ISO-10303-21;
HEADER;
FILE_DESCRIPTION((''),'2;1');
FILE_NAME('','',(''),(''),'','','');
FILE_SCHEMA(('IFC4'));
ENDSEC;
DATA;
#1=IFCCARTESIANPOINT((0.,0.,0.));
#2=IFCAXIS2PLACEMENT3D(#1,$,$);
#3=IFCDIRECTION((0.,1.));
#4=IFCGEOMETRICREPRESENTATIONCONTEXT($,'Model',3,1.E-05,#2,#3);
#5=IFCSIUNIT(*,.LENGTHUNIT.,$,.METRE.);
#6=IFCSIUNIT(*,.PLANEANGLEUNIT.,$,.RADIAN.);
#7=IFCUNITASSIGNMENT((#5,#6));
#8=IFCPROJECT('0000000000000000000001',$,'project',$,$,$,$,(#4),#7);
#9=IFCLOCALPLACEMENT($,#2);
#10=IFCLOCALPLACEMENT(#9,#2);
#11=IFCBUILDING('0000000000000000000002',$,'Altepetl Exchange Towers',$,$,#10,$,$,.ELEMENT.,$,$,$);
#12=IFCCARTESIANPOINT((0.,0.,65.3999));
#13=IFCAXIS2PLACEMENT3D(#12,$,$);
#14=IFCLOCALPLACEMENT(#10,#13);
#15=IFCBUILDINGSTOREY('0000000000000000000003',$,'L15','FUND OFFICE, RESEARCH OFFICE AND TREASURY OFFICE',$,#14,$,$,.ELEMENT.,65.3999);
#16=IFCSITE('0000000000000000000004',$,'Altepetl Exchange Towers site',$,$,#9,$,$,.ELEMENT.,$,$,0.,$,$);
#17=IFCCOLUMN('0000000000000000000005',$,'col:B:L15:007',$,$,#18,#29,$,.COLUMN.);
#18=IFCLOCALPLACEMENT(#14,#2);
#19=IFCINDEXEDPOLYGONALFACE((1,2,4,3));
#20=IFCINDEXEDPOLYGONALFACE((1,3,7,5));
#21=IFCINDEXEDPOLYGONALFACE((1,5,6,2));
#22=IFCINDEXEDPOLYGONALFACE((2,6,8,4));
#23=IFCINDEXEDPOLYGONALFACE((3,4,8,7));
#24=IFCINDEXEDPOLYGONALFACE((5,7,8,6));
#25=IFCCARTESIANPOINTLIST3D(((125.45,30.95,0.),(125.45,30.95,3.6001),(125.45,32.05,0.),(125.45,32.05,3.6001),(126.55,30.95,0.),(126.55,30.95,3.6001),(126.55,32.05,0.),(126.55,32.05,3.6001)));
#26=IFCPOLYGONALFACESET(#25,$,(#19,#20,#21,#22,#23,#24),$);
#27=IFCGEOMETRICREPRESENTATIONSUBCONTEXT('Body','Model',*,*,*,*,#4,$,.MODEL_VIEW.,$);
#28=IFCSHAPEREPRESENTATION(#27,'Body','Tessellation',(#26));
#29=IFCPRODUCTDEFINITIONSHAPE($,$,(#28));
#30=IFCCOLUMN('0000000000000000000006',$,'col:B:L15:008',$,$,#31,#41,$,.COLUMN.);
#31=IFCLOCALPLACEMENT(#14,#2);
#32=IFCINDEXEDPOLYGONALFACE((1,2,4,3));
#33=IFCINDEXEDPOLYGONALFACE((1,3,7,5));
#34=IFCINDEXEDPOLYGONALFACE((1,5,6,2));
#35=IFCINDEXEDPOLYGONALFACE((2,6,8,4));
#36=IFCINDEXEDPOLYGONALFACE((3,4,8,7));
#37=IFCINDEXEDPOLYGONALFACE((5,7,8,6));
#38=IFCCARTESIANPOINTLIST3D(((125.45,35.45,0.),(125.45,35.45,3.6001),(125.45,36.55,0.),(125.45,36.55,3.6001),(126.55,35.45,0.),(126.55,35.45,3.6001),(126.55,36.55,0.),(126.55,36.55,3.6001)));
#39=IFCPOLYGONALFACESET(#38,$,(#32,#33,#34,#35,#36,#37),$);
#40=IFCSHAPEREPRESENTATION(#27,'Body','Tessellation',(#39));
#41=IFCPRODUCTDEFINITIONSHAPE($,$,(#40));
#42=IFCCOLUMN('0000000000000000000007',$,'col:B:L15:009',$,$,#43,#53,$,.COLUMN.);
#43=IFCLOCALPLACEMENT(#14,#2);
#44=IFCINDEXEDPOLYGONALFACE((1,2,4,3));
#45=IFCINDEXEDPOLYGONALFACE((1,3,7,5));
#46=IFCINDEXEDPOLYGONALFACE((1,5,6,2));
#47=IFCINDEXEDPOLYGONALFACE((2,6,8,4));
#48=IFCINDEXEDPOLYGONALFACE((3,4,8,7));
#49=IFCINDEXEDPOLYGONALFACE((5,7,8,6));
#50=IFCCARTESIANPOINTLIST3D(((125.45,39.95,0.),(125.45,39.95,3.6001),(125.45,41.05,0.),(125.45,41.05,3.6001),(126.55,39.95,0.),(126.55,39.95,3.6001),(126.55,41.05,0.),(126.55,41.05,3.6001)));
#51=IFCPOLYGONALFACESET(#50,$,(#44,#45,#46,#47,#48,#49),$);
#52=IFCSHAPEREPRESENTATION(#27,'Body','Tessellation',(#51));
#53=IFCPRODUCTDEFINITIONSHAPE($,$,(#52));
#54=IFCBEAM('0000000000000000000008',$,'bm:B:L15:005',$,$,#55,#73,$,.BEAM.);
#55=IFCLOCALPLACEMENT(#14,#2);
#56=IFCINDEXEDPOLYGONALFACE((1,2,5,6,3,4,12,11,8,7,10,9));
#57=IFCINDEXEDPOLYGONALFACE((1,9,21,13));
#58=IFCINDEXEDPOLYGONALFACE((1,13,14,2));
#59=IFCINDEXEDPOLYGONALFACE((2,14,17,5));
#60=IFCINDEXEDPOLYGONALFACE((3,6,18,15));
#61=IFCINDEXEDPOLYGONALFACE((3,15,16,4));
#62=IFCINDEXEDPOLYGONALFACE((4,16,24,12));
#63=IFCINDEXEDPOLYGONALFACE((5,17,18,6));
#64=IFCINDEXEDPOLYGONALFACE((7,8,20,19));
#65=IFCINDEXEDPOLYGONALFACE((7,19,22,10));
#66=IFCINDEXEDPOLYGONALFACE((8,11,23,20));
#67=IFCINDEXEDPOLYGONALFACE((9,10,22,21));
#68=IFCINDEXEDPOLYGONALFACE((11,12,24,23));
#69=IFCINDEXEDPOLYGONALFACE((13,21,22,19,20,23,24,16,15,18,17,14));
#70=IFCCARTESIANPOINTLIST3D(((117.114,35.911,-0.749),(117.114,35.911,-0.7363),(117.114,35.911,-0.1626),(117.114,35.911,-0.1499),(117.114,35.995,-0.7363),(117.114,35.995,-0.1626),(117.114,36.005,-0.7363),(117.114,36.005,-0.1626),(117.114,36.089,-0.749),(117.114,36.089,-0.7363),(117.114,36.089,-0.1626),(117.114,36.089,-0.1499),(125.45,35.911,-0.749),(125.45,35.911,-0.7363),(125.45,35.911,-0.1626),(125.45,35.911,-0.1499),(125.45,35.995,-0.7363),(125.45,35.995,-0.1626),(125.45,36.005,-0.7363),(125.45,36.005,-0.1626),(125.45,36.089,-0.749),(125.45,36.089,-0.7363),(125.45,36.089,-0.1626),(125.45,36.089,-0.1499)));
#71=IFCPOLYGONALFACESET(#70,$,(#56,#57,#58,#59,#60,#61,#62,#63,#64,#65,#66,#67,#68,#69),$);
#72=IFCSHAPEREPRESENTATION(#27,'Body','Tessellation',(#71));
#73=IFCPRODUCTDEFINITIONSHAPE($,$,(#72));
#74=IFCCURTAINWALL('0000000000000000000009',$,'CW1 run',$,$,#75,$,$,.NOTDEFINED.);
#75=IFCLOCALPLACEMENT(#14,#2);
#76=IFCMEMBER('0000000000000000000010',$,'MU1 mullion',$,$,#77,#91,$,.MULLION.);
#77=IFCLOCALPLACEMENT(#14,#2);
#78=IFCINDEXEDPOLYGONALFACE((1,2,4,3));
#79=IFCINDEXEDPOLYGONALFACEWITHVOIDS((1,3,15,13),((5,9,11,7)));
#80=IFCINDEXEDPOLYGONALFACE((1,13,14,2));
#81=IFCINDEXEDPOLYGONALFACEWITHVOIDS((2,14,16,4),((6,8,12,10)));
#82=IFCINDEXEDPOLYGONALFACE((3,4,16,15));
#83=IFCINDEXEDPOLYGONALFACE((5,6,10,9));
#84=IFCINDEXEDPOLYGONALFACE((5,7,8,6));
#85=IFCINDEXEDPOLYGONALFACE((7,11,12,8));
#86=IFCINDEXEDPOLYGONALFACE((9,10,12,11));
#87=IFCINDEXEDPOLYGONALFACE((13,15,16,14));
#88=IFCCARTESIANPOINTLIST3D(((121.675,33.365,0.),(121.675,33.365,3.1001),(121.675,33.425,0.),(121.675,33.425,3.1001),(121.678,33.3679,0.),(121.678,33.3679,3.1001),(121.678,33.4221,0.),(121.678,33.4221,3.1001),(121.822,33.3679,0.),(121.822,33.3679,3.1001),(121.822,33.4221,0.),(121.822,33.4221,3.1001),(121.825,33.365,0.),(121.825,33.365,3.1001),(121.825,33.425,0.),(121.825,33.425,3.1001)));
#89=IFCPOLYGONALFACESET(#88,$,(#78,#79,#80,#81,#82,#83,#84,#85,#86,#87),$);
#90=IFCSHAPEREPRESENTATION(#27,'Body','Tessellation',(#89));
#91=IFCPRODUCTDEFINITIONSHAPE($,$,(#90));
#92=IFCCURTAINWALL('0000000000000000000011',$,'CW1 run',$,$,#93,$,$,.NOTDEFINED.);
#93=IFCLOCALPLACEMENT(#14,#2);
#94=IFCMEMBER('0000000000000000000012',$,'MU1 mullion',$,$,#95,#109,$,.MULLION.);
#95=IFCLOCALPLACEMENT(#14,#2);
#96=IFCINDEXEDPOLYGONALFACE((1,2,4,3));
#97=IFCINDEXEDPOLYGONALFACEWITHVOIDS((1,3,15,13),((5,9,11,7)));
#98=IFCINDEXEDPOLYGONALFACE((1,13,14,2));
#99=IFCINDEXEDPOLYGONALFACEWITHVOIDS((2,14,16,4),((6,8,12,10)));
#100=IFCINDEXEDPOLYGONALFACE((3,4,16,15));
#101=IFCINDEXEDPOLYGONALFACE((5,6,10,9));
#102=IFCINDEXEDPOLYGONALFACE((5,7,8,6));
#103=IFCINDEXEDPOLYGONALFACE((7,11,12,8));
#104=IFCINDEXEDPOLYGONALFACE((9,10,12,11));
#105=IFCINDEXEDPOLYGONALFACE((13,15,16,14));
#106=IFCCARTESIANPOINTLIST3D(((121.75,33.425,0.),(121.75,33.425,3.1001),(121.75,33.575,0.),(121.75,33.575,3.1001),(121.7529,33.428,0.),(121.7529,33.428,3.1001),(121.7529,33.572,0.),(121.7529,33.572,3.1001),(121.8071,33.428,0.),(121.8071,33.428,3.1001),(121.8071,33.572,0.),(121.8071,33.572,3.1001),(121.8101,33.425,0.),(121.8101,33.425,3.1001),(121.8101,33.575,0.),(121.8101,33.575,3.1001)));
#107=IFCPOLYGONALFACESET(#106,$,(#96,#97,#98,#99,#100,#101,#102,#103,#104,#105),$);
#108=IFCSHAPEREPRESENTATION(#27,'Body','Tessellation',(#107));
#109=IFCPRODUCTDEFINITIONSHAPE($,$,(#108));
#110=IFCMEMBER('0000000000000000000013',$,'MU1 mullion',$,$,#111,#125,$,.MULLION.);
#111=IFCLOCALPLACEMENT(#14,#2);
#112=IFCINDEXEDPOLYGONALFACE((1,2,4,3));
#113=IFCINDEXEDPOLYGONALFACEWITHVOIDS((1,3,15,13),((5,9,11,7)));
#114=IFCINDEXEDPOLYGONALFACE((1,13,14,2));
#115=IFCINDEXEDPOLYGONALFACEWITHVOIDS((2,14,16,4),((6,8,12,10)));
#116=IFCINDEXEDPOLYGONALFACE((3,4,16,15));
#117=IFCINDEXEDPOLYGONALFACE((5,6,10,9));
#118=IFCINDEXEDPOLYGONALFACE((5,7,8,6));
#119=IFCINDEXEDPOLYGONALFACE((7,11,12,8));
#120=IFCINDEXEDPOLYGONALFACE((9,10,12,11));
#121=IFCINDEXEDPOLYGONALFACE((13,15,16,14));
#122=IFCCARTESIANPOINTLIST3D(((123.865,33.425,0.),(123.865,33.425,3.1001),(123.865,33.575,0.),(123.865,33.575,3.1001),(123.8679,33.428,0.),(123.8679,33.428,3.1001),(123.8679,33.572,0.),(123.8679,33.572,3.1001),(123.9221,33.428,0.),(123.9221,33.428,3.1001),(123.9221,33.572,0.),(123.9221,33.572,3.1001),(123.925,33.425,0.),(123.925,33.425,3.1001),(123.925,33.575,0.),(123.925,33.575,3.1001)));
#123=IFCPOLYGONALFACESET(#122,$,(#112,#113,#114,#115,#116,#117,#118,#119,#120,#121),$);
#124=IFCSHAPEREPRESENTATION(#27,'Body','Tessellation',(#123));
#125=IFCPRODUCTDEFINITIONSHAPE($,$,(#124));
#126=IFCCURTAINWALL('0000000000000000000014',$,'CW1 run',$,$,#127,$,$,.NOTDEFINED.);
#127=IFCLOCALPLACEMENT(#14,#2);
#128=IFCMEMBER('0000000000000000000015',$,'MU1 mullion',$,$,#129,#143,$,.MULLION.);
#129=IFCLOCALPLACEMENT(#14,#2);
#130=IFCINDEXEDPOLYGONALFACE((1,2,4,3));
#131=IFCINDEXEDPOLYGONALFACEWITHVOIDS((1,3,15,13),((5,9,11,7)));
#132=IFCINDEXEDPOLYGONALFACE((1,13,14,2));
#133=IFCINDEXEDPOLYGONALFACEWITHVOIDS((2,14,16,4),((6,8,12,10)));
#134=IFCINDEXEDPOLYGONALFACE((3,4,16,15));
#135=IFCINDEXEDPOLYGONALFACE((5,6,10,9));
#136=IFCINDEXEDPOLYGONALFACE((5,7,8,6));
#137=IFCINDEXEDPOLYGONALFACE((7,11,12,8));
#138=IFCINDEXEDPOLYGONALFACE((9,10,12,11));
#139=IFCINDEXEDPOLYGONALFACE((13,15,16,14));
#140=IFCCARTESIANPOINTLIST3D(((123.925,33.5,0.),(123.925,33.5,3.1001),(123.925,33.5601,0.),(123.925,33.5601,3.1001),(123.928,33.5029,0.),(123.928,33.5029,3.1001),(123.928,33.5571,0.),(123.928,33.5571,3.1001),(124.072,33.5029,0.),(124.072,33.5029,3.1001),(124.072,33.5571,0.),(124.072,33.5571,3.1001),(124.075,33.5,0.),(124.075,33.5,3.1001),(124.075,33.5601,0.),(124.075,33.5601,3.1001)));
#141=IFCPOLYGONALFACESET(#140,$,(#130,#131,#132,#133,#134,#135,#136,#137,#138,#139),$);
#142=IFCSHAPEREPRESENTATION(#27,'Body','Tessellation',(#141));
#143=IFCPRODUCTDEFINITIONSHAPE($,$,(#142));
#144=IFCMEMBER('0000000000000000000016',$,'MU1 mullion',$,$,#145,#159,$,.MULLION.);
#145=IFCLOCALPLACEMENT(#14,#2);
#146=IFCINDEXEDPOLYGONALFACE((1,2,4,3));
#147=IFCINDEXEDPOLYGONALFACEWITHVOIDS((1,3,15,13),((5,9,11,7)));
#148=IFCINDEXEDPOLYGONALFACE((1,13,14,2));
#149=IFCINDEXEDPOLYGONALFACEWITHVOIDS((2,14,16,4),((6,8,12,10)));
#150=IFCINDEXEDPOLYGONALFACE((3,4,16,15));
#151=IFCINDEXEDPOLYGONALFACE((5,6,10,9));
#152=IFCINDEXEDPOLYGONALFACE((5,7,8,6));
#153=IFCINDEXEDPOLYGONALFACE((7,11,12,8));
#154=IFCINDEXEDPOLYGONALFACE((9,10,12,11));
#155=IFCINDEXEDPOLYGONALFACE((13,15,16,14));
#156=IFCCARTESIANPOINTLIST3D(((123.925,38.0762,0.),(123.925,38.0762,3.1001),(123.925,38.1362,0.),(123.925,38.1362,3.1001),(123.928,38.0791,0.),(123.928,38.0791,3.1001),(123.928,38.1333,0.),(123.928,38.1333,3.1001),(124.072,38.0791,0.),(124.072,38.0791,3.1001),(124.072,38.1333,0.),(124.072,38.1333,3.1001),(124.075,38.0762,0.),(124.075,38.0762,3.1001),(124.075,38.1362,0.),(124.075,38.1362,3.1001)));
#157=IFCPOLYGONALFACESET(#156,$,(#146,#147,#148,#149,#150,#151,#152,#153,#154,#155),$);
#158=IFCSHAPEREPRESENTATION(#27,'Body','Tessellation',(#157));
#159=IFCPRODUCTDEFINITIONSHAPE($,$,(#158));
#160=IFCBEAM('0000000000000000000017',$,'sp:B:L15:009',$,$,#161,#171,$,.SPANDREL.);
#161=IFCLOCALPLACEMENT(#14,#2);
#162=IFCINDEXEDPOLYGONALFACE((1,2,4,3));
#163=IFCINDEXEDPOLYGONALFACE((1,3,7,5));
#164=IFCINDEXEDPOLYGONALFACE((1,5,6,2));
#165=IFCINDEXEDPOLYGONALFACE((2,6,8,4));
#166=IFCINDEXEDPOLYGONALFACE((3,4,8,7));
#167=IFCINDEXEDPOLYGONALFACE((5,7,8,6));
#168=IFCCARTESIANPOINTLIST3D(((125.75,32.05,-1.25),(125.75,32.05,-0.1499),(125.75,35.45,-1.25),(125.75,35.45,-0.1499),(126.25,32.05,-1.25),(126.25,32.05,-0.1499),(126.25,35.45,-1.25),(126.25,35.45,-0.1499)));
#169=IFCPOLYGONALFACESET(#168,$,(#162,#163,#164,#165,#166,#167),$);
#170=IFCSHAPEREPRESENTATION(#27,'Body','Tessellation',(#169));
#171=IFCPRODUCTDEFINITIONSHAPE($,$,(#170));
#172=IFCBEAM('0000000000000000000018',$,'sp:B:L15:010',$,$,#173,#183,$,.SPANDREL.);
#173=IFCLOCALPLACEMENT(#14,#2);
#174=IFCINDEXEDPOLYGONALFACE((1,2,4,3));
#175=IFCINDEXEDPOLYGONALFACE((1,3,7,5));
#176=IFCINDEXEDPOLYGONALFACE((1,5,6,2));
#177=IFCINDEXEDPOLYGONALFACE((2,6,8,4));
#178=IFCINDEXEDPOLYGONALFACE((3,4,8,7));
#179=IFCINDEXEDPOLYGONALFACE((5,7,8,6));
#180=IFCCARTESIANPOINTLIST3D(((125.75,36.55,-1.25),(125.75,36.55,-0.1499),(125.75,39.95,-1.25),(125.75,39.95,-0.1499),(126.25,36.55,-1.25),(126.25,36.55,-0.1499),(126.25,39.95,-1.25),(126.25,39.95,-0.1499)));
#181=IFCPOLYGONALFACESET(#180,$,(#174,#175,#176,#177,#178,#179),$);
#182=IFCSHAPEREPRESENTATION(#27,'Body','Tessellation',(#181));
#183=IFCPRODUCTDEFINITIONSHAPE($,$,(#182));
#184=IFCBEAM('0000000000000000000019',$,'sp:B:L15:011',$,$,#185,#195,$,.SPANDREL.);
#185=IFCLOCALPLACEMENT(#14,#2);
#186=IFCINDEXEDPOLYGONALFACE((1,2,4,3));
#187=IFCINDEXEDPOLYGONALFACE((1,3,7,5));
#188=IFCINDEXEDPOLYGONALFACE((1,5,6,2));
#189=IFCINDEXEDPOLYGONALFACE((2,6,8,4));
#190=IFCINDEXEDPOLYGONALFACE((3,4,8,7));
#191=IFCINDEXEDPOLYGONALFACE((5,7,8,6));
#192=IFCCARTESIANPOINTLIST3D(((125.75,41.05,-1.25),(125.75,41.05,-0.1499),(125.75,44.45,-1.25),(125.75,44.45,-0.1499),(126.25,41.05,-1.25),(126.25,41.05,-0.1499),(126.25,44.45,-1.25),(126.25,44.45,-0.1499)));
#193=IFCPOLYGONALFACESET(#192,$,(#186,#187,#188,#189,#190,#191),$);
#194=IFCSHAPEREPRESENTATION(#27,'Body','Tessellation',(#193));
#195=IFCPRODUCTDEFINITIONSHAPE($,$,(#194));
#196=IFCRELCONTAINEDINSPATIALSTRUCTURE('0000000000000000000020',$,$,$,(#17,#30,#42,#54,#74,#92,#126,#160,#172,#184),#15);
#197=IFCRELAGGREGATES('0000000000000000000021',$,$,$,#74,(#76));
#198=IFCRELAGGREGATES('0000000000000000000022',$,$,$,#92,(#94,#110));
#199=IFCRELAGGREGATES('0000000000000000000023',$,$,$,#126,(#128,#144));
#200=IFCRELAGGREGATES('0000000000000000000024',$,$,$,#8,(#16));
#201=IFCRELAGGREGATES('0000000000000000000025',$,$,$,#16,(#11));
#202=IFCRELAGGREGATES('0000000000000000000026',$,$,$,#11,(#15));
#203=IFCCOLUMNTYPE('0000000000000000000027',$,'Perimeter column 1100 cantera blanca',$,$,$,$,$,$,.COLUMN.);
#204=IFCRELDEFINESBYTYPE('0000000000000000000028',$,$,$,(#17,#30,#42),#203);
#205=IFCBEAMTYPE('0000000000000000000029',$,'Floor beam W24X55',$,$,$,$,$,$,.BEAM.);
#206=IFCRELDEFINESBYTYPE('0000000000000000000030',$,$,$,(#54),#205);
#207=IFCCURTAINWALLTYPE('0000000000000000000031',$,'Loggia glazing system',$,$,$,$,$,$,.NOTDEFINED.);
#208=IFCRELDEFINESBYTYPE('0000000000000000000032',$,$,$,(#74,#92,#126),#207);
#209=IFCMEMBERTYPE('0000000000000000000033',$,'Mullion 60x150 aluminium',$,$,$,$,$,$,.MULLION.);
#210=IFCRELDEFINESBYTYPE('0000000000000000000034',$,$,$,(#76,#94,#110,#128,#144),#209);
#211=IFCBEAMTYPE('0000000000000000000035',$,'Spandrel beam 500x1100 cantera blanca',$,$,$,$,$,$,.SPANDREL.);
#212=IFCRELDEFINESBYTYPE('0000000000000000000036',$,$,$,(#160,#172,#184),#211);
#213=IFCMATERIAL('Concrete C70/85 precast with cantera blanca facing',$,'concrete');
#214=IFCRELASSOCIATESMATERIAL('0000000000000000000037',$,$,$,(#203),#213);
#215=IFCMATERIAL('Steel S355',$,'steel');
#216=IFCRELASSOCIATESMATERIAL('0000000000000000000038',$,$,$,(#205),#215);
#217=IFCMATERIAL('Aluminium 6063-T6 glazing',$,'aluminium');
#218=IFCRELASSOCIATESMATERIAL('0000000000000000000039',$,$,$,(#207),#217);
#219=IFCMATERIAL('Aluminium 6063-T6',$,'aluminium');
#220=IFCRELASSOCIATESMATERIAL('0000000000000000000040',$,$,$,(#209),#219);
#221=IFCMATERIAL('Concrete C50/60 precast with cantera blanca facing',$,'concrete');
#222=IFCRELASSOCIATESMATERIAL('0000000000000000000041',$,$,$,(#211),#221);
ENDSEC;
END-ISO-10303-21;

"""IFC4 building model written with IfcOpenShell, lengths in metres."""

from ifc_helpers import new_model, si_unit, direction, frame, origin, origin_2d, place, context, subcontext, project, spatial, rectangle, hollow_rectangle, i_section, extrude, material, material_profile, profile_set, type_object, element, aggregate, save


model = new_model("IFC4")

# Units and contexts
model_context = context("Model", 3, precision=1e-05, world=origin(), true_north=direction((0.0, 1.0)))
body_context = subcontext(model_context, "Body", "Model", "MODEL_VIEW")
ifc_project = project(units=[si_unit("LENGTHUNIT", "METRE"), si_unit("PLANEANGLEUNIT", "RADIAN")], contexts=[model_context])

# Site, building, storey
site_placement = place(None, origin())
site = spatial("IfcSite", under=ifc_project, at=site_placement, Name="Altepetl Exchange Towers site", CompositionType="ELEMENT", RefElevation=0.0)
building_placement = place(site_placement, origin())
building = spatial("IfcBuilding", under=site, at=building_placement, Name="Altepetl Exchange Towers", CompositionType="ELEMENT")
storey_placement = place(building_placement, frame((0.0, 0.0, 65.3999)))
storey = spatial("IfcBuildingStorey", under=building, at=storey_placement, Name="L15", Description="FUND OFFICE, RESEARCH OFFICE AND TREASURY OFFICE", CompositionType="ELEMENT", Elevation=65.3999)

# Columns
ifc_material_1 = material(Name="Concrete C70/85 precast with cantera blanca facing", Category="concrete")
ifc_material_profile_1 = material_profile(ifc_material_1, rectangle(XDim=1.1001, YDim=1.1001, at=origin_2d()), Name="1100 x 1100")
ifc_profile_set_1 = profile_set([ifc_material_profile_1], Name="Concrete C70/85 precast with cantera blanca facing")
column_type = type_object("IfcColumnType", Name="Perimeter column 1100 cantera blanca", PredefinedType="COLUMN", material=ifc_profile_set_1)
for number, where, name in (
    (1, (126.0, 31.5, 0.0), "col:B:L15:007"),
    (2, (126.0, 36.0, 0.0), "col:B:L15:008"),
    (3, (126.0, 40.5, 0.0), "col:B:L15:009"),
):
    element("IfcColumn", number, at=place(storey_placement, frame(where)), inside=storey, type_object=column_type, Name=name, PredefinedType="COLUMN", context=body_context, shape_type="SweptSolid", body=[
        extrude(rectangle(XDim=1.1001, YDim=1.1001, at=origin_2d()), origin(), (0.0, 0.0, 1.0), 3.6001),
    ])

# Beam
ifc_material_2 = material(Name="Steel S355", Category="steel")
ifc_material_profile_2 = material_profile(ifc_material_2, i_section(OverallWidth=0.178, OverallDepth=0.5991, WebThickness=0.01, FlangeThickness=0.0127, at=origin_2d()), Name="W24X55")
ifc_profile_set_2 = profile_set([ifc_material_profile_2], Name="Steel S355")
beam_type_1 = type_object("IfcBeamType", Name="Floor beam W24X55", PredefinedType="BEAM", material=ifc_profile_set_2)
beam_placement = place(storey_placement, frame((117.114, 36.0, -0.4495), z_axis=(1.0, 0.0, 0.0), x_axis=(0.0, 1.0, 0.0)))
element("IfcBeam", 4, at=beam_placement, inside=storey, type_object=beam_type_1, Name="bm:B:L15:005", PredefinedType="BEAM", context=body_context, shape_type="SweptSolid", body=[
    extrude(i_section(OverallWidth=0.178, OverallDepth=0.5991, WebThickness=0.01, FlangeThickness=0.0127, at=origin_2d()), origin(), (0.0, 0.0, 1.0), 8.3359),
])

# Curtain wall, member
ifc_material_3 = material(Name="Aluminium 6063-T6 glazing", Category="aluminium")
curtain_wall_type = type_object("IfcCurtainWallType", Name="Loggia glazing system", PredefinedType="NOTDEFINED", material=ifc_material_3)
curtain_wall_1_placement = place(storey_placement, origin())
curtain_wall_1 = element("IfcCurtainWall", 5, at=curtain_wall_1_placement, inside=storey, type_object=curtain_wall_type, Name="CW1 run", PredefinedType="NOTDEFINED")
ifc_material_4 = material(Name="Aluminium 6063-T6", Category="aluminium")
ifc_material_profile_3 = material_profile(ifc_material_4, hollow_rectangle(XDim=0.0601, YDim=0.1499, WallThickness=0.0029, at=origin_2d()), Name="Mullion 60x150 aluminium")
ifc_profile_set_3 = profile_set([ifc_material_profile_3], Name="Aluminium 6063-T6")
member_type = type_object("IfcMemberType", Name="Mullion 60x150 aluminium", PredefinedType="MULLION", material=ifc_profile_set_3)
member_1_placement = place(storey_placement, frame((121.75, 33.395, 0.0), z_axis=(0.0, 0.0, 1.0), x_axis=(0.0, 1.0, 0.0)))
member_1 = element("IfcMember", 6, at=member_1_placement, type_object=member_type, Name="MU1 mullion", PredefinedType="MULLION", context=body_context, shape_type="SweptSolid", body=[
    extrude(hollow_rectangle(XDim=0.0601, YDim=0.1499, WallThickness=0.0029, at=origin_2d()), origin(), (0.0, 0.0, 1.0), 3.1001),
])

# Curtain walls, members
curtain_wall_2_placement = place(storey_placement, origin())
curtain_wall_2 = element("IfcCurtainWall", 7, at=curtain_wall_2_placement, inside=storey, type_object=curtain_wall_type, Name="CW1 run", PredefinedType="NOTDEFINED")
member_2_placement = place(storey_placement, frame((121.78, 33.5, 0.0)))
member_2 = element("IfcMember", 8, at=member_2_placement, type_object=member_type, Name="MU1 mullion", PredefinedType="MULLION", context=body_context, shape_type="SweptSolid", body=[
    extrude(hollow_rectangle(XDim=0.0601, YDim=0.1499, WallThickness=0.0029, at=origin_2d()), origin(), (0.0, 0.0, 1.0), 3.1001),
])
member_3_placement = place(storey_placement, frame((123.895, 33.5, 0.0)))
member_3 = element("IfcMember", 9, at=member_3_placement, type_object=member_type, Name="MU1 mullion", PredefinedType="MULLION", context=body_context, shape_type="SweptSolid", body=[
    extrude(hollow_rectangle(XDim=0.0601, YDim=0.1499, WallThickness=0.0029, at=origin_2d()), origin(), (0.0, 0.0, 1.0), 3.1001),
])
curtain_wall_3_placement = place(storey_placement, origin())
curtain_wall_3 = element("IfcCurtainWall", 10, at=curtain_wall_3_placement, inside=storey, type_object=curtain_wall_type, Name="CW1 run", PredefinedType="NOTDEFINED")
member_4_placement = place(storey_placement, frame((124.0, 33.53, 0.0), z_axis=(0.0, 0.0, 1.0), x_axis=(0.0, 1.0, 0.0)))
member_4 = element("IfcMember", 11, at=member_4_placement, type_object=member_type, Name="MU1 mullion", PredefinedType="MULLION", context=body_context, shape_type="SweptSolid", body=[
    extrude(hollow_rectangle(XDim=0.0601, YDim=0.1499, WallThickness=0.0029, at=origin_2d()), origin(), (0.0, 0.0, 1.0), 3.1001),
])
member_5_placement = place(storey_placement, frame((124.0, 38.1062, 0.0), z_axis=(0.0, 0.0, 1.0), x_axis=(0.0, 1.0, 0.0)))
member_5 = element("IfcMember", 12, at=member_5_placement, type_object=member_type, Name="MU1 mullion", PredefinedType="MULLION", context=body_context, shape_type="SweptSolid", body=[
    extrude(hollow_rectangle(XDim=0.0601, YDim=0.1499, WallThickness=0.0029, at=origin_2d()), origin(), (0.0, 0.0, 1.0), 3.1001),
])

# Beams
ifc_material_5 = material(Name="Concrete C50/60 precast with cantera blanca facing", Category="concrete")
ifc_material_profile_4 = material_profile(ifc_material_5, rectangle(XDim=0.5, YDim=1.1001, at=origin_2d()), Name="500 x 1100")
ifc_profile_set_4 = profile_set([ifc_material_profile_4], Name="Concrete C50/60 precast with cantera blanca facing")
beam_type_2 = type_object("IfcBeamType", Name="Spandrel beam 500x1100 cantera blanca", PredefinedType="SPANDREL", material=ifc_profile_set_4)
for number, where, z_axis, x_axis, name in (
    (13, (126.0, 32.05, -0.7), (0.0, 1.0, 0.0), (-1.0, 0.0, 0.0), "sp:B:L15:009"),
    (14, (126.0, 36.55, -0.7), (0.0, 1.0, 0.0), (-1.0, 0.0, 0.0), "sp:B:L15:010"),
    (15, (126.0, 41.05, -0.7), (0.0, 1.0, 0.0), (-1.0, 0.0, 0.0), "sp:B:L15:011"),
):
    element("IfcBeam", number, at=place(storey_placement, frame(where, z_axis=z_axis, x_axis=x_axis)), inside=storey, type_object=beam_type_2, Name=name, PredefinedType="SPANDREL", context=body_context, shape_type="SweptSolid", body=[
        extrude(rectangle(XDim=0.5, YDim=1.1001, at=origin_2d()), origin(), (0.0, 0.0, 1.0), 3.3999),
    ])

aggregate(curtain_wall_1, [member_1])
aggregate(curtain_wall_2, [member_2, member_3])
aggregate(curtain_wall_3, [member_4, member_5])

save(model, "model.ifc")
